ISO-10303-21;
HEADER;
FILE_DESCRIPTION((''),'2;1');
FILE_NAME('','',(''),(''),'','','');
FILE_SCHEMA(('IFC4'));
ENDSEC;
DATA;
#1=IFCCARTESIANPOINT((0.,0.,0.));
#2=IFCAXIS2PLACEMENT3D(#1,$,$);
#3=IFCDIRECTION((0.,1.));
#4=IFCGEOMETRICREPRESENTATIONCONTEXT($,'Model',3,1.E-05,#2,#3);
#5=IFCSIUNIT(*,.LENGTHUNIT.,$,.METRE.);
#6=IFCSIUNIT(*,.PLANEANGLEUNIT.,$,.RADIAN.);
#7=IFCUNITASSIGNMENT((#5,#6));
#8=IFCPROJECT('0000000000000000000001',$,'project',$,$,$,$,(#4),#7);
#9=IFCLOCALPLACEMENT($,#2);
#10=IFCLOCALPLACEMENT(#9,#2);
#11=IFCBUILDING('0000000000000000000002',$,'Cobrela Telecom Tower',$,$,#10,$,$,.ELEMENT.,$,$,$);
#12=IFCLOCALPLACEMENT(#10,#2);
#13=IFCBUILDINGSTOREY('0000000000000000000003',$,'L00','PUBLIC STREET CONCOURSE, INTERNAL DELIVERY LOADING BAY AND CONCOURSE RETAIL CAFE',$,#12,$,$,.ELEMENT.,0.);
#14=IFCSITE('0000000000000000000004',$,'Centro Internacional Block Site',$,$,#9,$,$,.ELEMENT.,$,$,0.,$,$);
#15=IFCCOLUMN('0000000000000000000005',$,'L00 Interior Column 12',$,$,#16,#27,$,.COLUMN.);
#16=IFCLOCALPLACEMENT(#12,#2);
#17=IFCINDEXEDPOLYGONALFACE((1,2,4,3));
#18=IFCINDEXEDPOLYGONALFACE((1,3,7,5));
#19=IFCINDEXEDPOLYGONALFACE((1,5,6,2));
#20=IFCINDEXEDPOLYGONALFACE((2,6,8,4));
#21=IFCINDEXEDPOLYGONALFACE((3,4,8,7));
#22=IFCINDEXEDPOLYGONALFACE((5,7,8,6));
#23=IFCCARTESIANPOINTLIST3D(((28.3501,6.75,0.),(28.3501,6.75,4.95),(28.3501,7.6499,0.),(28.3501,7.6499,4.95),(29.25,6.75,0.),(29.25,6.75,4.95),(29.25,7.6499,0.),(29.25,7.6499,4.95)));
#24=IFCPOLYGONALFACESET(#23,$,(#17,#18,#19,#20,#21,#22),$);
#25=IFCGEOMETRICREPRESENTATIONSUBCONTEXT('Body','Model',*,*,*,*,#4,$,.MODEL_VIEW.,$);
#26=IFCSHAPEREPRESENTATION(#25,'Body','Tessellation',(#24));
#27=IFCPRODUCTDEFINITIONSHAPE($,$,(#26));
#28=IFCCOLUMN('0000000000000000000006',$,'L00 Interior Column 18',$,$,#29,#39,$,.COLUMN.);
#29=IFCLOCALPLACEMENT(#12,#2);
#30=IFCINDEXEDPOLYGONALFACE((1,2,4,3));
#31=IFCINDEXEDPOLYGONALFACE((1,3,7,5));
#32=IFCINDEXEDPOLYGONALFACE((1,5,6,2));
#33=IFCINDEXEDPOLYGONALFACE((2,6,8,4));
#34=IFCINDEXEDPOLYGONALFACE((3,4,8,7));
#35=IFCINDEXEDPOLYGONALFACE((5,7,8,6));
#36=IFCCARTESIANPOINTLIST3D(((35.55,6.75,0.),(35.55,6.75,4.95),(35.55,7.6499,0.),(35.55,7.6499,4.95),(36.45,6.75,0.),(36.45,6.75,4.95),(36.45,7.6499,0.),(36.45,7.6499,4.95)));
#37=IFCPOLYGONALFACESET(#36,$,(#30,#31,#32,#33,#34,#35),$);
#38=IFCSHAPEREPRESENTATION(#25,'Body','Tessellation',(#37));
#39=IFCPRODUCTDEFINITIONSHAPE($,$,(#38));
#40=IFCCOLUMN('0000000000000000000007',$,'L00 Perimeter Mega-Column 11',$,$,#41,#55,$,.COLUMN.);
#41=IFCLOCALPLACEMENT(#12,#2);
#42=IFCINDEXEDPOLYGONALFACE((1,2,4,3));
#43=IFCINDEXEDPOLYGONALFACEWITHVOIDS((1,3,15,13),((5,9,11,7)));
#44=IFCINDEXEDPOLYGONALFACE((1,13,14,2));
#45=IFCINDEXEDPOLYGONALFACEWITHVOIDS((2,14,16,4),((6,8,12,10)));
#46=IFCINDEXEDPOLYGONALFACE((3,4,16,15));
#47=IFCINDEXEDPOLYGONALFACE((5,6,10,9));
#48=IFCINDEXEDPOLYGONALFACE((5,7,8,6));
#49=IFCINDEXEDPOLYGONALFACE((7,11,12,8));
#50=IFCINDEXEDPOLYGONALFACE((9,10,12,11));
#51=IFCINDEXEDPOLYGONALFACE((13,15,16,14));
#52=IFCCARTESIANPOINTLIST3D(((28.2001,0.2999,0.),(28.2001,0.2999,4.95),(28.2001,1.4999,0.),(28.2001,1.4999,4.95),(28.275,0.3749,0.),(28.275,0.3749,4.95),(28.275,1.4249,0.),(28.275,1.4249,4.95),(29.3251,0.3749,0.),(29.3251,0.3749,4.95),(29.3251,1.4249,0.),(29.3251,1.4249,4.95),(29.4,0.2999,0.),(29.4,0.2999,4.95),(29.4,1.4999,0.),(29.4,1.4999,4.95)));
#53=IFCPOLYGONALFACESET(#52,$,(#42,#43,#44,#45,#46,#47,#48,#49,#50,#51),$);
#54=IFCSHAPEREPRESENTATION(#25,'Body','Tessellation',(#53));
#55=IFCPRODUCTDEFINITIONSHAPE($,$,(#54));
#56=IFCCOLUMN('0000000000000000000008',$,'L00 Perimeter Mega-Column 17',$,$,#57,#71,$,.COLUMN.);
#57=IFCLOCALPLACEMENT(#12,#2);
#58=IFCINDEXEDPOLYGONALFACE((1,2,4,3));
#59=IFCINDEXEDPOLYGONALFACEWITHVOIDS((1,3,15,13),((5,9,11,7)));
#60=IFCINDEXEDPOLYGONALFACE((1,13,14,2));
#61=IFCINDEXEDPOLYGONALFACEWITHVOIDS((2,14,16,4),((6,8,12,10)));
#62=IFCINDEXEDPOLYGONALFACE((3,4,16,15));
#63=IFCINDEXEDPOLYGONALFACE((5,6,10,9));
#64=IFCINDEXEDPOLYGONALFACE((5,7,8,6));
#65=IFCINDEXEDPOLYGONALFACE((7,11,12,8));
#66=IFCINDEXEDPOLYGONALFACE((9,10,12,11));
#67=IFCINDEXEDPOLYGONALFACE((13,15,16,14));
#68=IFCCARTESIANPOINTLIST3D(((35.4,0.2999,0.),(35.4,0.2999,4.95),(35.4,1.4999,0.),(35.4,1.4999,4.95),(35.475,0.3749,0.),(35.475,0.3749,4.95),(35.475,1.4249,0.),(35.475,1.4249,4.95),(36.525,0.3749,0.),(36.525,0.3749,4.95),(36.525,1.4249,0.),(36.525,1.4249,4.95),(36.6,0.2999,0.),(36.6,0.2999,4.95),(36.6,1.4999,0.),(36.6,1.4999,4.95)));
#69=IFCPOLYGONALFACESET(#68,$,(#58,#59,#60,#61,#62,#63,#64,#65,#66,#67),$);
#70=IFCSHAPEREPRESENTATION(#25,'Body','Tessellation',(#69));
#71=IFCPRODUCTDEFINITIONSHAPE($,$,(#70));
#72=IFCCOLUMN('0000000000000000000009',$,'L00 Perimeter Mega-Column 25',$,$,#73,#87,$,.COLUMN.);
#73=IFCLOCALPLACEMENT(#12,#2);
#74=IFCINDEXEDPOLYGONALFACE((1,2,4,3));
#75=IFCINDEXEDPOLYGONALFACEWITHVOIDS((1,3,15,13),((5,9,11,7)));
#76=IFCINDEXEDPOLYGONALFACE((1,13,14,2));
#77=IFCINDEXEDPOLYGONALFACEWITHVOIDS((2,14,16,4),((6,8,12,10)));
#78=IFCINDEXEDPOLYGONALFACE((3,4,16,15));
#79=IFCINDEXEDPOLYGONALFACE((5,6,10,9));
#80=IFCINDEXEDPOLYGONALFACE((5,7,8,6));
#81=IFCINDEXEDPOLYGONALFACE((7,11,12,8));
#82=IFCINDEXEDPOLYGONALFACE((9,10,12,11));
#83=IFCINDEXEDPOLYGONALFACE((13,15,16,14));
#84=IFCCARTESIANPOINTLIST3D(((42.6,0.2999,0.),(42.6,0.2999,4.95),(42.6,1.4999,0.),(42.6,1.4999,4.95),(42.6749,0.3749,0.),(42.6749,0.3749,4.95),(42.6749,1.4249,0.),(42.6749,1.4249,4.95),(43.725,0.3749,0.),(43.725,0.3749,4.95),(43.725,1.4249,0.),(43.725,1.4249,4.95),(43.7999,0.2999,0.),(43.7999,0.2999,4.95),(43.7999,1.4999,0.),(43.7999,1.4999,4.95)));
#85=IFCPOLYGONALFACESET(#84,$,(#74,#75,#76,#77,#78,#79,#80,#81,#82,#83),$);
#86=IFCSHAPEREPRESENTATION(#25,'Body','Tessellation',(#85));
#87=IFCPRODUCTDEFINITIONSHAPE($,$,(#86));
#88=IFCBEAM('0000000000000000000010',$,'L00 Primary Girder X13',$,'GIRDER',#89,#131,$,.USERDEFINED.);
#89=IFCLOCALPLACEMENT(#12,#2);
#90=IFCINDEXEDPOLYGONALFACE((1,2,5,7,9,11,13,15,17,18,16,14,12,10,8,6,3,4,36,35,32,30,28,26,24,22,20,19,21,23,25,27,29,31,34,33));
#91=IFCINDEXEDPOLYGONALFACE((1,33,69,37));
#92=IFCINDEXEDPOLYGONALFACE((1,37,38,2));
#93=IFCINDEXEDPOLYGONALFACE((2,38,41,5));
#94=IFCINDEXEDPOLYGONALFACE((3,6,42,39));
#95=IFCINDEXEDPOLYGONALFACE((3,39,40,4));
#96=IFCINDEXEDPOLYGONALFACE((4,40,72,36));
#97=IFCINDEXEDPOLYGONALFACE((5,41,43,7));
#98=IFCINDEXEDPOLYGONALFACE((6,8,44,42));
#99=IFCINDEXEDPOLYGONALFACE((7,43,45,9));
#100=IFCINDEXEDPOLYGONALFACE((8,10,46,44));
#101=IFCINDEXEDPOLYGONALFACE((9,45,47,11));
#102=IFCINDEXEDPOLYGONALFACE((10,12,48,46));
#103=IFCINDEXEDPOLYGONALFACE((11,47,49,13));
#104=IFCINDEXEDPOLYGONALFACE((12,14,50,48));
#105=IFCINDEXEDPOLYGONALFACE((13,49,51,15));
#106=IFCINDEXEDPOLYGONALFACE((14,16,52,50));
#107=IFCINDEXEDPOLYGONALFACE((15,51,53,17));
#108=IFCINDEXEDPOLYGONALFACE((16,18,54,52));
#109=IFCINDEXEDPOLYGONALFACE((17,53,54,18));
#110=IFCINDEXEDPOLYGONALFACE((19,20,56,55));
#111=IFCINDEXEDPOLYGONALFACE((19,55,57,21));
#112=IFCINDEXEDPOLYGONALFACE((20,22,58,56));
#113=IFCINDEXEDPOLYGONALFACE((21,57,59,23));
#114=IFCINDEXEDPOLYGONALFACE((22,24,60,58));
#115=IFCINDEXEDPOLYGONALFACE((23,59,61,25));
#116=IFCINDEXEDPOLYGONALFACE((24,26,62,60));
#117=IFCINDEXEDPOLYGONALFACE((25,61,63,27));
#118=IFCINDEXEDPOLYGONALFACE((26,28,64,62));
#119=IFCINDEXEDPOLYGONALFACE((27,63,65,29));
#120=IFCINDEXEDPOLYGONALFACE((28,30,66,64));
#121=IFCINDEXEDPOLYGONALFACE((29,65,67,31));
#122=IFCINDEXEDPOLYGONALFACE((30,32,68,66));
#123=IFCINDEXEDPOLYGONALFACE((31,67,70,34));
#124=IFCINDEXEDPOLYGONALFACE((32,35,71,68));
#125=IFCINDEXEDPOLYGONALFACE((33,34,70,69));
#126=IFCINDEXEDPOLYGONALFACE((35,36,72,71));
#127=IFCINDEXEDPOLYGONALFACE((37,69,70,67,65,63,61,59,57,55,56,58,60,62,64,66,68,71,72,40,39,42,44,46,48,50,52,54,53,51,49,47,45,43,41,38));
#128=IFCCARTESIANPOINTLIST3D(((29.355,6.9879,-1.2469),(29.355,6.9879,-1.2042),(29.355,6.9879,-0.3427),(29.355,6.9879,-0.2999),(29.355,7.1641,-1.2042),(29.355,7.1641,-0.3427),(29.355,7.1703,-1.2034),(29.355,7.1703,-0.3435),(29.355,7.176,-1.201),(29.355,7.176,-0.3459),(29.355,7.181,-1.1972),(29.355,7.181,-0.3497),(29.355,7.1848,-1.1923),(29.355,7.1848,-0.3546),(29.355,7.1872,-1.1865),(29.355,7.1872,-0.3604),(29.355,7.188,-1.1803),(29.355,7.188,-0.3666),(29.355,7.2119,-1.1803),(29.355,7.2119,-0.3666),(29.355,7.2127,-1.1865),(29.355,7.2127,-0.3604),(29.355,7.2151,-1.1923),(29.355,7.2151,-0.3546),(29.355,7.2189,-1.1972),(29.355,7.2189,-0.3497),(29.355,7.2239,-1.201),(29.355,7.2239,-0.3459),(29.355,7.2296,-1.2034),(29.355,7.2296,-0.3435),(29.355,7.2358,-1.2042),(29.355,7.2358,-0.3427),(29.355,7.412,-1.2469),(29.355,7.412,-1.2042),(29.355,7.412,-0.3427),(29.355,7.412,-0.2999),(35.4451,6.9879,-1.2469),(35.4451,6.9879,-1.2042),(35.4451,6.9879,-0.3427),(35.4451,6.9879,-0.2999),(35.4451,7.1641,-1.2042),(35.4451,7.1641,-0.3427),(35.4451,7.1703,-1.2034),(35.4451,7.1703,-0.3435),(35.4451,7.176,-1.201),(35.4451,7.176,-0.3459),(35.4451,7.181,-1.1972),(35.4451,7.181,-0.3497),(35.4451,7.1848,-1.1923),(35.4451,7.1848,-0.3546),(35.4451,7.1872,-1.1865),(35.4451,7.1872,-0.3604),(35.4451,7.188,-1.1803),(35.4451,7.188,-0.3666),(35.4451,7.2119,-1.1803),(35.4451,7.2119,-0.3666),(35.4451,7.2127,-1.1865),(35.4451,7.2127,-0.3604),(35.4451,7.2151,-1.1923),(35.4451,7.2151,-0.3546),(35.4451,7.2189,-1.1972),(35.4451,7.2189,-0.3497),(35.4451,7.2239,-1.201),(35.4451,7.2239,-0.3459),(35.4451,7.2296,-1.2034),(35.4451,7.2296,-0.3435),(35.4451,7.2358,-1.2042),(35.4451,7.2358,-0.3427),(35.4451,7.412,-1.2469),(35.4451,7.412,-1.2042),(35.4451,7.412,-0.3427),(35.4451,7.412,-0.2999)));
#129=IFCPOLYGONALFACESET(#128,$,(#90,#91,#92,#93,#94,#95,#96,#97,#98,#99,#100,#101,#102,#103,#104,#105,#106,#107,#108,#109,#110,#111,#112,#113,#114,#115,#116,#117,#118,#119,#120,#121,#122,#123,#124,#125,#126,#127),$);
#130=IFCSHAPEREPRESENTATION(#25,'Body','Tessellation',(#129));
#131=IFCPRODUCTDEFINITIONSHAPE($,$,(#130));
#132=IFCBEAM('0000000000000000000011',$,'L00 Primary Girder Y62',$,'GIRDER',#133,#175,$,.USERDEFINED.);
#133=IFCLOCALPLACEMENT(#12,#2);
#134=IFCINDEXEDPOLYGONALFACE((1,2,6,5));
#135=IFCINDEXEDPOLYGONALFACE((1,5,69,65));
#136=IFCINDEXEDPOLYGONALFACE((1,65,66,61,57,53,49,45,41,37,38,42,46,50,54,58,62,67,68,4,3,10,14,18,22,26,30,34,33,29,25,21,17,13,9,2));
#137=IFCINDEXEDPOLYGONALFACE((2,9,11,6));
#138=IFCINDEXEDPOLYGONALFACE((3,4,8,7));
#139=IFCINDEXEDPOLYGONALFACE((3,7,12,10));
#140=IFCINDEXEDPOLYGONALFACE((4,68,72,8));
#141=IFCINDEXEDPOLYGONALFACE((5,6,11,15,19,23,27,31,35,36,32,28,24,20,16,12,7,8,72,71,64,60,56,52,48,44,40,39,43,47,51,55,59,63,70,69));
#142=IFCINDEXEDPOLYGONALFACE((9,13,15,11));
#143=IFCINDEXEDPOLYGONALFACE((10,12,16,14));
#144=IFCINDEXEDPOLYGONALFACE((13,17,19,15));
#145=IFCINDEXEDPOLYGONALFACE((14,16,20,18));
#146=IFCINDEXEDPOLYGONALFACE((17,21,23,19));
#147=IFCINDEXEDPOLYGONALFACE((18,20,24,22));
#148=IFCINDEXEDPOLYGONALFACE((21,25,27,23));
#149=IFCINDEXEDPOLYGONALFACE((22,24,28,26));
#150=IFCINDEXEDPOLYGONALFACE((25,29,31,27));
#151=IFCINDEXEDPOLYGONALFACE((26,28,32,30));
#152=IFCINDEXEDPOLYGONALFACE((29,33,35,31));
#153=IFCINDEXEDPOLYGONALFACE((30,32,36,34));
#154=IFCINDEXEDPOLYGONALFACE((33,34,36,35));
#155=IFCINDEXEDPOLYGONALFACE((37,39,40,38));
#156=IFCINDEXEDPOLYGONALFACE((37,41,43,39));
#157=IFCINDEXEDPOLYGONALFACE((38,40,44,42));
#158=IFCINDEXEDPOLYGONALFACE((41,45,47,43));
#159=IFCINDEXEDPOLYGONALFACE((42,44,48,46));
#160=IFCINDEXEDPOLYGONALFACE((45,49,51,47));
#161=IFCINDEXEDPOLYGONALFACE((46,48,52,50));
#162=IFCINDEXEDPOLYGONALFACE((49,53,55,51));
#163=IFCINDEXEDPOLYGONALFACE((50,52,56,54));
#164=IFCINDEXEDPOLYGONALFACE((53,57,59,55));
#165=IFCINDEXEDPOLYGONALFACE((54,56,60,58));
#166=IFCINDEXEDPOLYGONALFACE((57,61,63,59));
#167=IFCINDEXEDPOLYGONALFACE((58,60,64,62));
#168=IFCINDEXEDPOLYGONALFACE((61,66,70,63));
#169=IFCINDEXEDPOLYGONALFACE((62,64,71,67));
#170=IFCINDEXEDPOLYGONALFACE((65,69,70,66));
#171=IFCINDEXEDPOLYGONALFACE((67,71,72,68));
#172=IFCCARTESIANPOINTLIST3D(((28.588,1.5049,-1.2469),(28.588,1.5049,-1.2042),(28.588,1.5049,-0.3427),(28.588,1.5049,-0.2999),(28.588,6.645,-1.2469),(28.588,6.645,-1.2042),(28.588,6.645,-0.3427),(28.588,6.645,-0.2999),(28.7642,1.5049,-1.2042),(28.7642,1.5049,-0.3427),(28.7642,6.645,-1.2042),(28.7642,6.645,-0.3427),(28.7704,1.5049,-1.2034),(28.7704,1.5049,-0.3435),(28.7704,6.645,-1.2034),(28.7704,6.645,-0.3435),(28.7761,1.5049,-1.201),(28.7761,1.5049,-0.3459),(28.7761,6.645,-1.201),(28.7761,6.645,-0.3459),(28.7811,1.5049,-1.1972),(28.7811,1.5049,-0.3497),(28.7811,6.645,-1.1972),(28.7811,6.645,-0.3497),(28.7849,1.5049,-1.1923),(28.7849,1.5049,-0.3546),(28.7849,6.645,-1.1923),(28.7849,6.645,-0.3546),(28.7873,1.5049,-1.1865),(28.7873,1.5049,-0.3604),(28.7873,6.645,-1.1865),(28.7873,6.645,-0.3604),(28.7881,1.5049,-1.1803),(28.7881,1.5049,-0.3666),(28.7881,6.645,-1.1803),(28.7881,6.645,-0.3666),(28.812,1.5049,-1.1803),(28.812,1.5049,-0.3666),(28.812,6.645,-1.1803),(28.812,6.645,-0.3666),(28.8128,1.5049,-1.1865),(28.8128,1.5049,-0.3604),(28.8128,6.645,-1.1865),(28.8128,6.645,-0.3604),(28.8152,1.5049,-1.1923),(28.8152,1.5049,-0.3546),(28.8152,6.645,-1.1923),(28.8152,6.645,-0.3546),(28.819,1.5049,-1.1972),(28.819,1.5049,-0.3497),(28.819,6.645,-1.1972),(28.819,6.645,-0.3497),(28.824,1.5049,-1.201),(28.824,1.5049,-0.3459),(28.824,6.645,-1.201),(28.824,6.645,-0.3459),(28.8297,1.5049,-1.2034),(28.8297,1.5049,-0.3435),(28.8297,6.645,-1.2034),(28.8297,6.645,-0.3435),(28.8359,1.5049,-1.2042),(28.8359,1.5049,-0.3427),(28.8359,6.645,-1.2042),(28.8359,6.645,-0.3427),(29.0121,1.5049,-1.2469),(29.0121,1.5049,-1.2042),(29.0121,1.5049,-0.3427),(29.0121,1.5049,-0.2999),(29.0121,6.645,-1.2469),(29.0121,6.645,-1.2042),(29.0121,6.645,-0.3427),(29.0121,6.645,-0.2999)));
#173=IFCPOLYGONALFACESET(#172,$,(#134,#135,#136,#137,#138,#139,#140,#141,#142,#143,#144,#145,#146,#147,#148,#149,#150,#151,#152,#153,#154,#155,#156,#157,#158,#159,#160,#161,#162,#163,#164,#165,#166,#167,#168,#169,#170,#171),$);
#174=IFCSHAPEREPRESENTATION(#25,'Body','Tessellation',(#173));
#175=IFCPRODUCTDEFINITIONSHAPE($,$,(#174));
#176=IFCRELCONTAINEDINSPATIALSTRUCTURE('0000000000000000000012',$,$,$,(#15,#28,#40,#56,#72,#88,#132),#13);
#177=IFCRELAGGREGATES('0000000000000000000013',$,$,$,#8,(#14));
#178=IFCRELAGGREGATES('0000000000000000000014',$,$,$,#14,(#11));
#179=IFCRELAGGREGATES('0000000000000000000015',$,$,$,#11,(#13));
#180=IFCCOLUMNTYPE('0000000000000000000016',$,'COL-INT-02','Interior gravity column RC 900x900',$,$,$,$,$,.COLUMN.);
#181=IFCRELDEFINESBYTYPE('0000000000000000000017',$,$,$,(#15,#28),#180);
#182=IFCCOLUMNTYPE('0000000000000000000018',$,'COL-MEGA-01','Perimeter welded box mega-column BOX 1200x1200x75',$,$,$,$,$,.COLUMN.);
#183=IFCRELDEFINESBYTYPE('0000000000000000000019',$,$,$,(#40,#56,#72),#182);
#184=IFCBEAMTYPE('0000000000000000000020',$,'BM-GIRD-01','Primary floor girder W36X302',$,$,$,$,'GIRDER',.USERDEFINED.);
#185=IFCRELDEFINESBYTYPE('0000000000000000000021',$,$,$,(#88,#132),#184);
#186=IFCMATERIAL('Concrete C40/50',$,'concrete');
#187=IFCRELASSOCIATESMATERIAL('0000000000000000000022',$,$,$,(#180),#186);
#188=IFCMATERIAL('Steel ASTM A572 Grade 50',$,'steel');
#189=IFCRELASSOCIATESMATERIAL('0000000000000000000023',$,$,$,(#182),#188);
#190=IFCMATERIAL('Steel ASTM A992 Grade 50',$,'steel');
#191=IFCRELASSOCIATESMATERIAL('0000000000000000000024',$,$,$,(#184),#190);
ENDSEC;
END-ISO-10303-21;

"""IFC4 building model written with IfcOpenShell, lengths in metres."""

from ifc_helpers import new_model, si_unit, direction, frame, origin, origin_2d, place, context, subcontext, project, spatial, rectangle, hollow_rectangle, i_section, extrude, material, material_profile, profile_set, type_object, element, save


model = new_model("IFC4")

# Units and contexts
model_context = context("Model", 3, precision=1e-05, world=origin(), true_north=direction((0.0, 1.0)))
body_context = subcontext(model_context, "Body", "Model", "MODEL_VIEW")
ifc_project = project(units=[si_unit("LENGTHUNIT", "METRE"), si_unit("PLANEANGLEUNIT", "RADIAN")], contexts=[model_context])

# Site, building, storey
site_placement = place(None, origin())
site = spatial("IfcSite", under=ifc_project, at=site_placement, Name="Centro Internacional Block Site", CompositionType="ELEMENT", RefElevation=0.0)
building_placement = place(site_placement, origin())
building = spatial("IfcBuilding", under=site, at=building_placement, Name="Cobrela Telecom Tower", CompositionType="ELEMENT")
storey_placement = place(building_placement, origin())
storey = spatial("IfcBuildingStorey", under=building, at=storey_placement, Name="L00", Description="PUBLIC STREET CONCOURSE, INTERNAL DELIVERY LOADING BAY AND CONCOURSE RETAIL CAFE", CompositionType="ELEMENT", Elevation=0.0)

# Columns
ifc_material_1 = material(Name="Concrete C40/50", Category="concrete")
ifc_material_profile_1 = material_profile(ifc_material_1, rectangle(XDim=0.8999, YDim=0.8999, at=origin_2d()), Name="RC 900x900")
ifc_profile_set_1 = profile_set([ifc_material_profile_1], Name="Concrete C40/50")
column_type_1 = type_object("IfcColumnType", Name="COL-INT-02", Description="Interior gravity column RC 900x900", PredefinedType="COLUMN", material=ifc_profile_set_1)
for number, where, z_axis, x_axis, name in (
    (1, (28.8, 7.2, 0.0), (0.0, 0.0, 1.0), (1.0, 0.0, 0.0), "L00 Interior Column 12"),
    (2, (36.0, 7.2, 0.0), (0.0, 0.0, 1.0), (1.0, 0.0, 0.0), "L00 Interior Column 18"),
):
    element("IfcColumn", number, at=place(storey_placement, frame(where, z_axis=z_axis, x_axis=x_axis)), inside=storey, type_object=column_type_1, Name=name, PredefinedType="COLUMN", context=body_context, shape_type="SweptSolid", body=[
        extrude(rectangle(XDim=0.8999, YDim=0.8999, at=origin_2d()), origin(), (0.0, 0.0, 1.0), 4.95),
    ])
ifc_material_2 = material(Name="Steel ASTM A572 Grade 50", Category="steel")
ifc_material_profile_2 = material_profile(ifc_material_2, hollow_rectangle(XDim=1.2, YDim=1.2, WallThickness=0.075, at=origin_2d()), Name="BOX 1200x1200x75")
ifc_profile_set_2 = profile_set([ifc_material_profile_2], Name="Steel ASTM A572 Grade 50")
column_type_2 = type_object("IfcColumnType", Name="COL-MEGA-01", Description="Perimeter welded box mega-column BOX 1200x1200x75", PredefinedType="COLUMN", material=ifc_profile_set_2)
for number, where, z_axis, x_axis, name in (
    (3, (28.8, 0.8999, 0.0), (0.0, 0.0, 1.0), (1.0, 0.0, 0.0), "L00 Perimeter Mega-Column 11"),
    (4, (36.0, 0.8999, 0.0), (0.0, 0.0, 1.0), (1.0, 0.0, 0.0), "L00 Perimeter Mega-Column 17"),
    (5, (43.2, 0.8999, 0.0), (0.0, 0.0, 1.0), (1.0, 0.0, 0.0), "L00 Perimeter Mega-Column 25"),
):
    element("IfcColumn", number, at=place(storey_placement, frame(where, z_axis=z_axis, x_axis=x_axis)), inside=storey, type_object=column_type_2, Name=name, PredefinedType="COLUMN", context=body_context, shape_type="SweptSolid", body=[
        extrude(hollow_rectangle(XDim=1.2, YDim=1.2, WallThickness=0.075, at=origin_2d()), origin(), (0.0, 0.0, 1.0), 4.95),
    ])

# Beams
ifc_material_3 = material(Name="Steel ASTM A992 Grade 50", Category="steel")
ifc_material_profile_3 = material_profile(ifc_material_3, i_section(OverallWidth=0.4241, OverallDepth=0.947, WebThickness=0.0239, FlangeThickness=0.0427, FilletRadius=0.0239, at=origin_2d()), Name="W36X302")
ifc_profile_set_3 = profile_set([ifc_material_profile_3], Name="Steel ASTM A992 Grade 50")
beam_type_1 = type_object("IfcBeamType", Name="BM-GIRD-01", Description="Primary floor girder W36X302", ElementType="GIRDER", PredefinedType="USERDEFINED", material=ifc_profile_set_3)
beam_1_placement = place(storey_placement, frame((29.355, 7.2, -0.7734), z_axis=(1.0, 0.0, 0.0), x_axis=(0.0, 1.0, 0.0)))
element("IfcBeam", 6, at=beam_1_placement, inside=storey, type_object=beam_type_1, Name="L00 Primary Girder X13", ObjectType="GIRDER", PredefinedType="USERDEFINED", context=body_context, shape_type="SweptSolid", body=[
    extrude(i_section(OverallWidth=0.4241, OverallDepth=0.947, WebThickness=0.0239, FlangeThickness=0.0427, FilletRadius=0.0239, at=origin_2d()), origin(), (0.0, 0.0, 1.0), 6.0901),
])
beam_2_placement = place(storey_placement, frame((28.8, 1.5049, -0.7734), z_axis=(0.0, 1.0, 0.0), x_axis=(-1.0, 0.0, 0.0)))
element("IfcBeam", 7, at=beam_2_placement, inside=storey, type_object=beam_type_1, Name="L00 Primary Girder Y62", ObjectType="GIRDER", PredefinedType="USERDEFINED", context=body_context, shape_type="SweptSolid", body=[
    extrude(i_section(OverallWidth=0.4241, OverallDepth=0.947, WebThickness=0.0239, FlangeThickness=0.0427, FilletRadius=0.0239, at=origin_2d()), origin(), (0.0, 0.0, 1.0), 5.1401),
])

save(model, "model.ifc")
